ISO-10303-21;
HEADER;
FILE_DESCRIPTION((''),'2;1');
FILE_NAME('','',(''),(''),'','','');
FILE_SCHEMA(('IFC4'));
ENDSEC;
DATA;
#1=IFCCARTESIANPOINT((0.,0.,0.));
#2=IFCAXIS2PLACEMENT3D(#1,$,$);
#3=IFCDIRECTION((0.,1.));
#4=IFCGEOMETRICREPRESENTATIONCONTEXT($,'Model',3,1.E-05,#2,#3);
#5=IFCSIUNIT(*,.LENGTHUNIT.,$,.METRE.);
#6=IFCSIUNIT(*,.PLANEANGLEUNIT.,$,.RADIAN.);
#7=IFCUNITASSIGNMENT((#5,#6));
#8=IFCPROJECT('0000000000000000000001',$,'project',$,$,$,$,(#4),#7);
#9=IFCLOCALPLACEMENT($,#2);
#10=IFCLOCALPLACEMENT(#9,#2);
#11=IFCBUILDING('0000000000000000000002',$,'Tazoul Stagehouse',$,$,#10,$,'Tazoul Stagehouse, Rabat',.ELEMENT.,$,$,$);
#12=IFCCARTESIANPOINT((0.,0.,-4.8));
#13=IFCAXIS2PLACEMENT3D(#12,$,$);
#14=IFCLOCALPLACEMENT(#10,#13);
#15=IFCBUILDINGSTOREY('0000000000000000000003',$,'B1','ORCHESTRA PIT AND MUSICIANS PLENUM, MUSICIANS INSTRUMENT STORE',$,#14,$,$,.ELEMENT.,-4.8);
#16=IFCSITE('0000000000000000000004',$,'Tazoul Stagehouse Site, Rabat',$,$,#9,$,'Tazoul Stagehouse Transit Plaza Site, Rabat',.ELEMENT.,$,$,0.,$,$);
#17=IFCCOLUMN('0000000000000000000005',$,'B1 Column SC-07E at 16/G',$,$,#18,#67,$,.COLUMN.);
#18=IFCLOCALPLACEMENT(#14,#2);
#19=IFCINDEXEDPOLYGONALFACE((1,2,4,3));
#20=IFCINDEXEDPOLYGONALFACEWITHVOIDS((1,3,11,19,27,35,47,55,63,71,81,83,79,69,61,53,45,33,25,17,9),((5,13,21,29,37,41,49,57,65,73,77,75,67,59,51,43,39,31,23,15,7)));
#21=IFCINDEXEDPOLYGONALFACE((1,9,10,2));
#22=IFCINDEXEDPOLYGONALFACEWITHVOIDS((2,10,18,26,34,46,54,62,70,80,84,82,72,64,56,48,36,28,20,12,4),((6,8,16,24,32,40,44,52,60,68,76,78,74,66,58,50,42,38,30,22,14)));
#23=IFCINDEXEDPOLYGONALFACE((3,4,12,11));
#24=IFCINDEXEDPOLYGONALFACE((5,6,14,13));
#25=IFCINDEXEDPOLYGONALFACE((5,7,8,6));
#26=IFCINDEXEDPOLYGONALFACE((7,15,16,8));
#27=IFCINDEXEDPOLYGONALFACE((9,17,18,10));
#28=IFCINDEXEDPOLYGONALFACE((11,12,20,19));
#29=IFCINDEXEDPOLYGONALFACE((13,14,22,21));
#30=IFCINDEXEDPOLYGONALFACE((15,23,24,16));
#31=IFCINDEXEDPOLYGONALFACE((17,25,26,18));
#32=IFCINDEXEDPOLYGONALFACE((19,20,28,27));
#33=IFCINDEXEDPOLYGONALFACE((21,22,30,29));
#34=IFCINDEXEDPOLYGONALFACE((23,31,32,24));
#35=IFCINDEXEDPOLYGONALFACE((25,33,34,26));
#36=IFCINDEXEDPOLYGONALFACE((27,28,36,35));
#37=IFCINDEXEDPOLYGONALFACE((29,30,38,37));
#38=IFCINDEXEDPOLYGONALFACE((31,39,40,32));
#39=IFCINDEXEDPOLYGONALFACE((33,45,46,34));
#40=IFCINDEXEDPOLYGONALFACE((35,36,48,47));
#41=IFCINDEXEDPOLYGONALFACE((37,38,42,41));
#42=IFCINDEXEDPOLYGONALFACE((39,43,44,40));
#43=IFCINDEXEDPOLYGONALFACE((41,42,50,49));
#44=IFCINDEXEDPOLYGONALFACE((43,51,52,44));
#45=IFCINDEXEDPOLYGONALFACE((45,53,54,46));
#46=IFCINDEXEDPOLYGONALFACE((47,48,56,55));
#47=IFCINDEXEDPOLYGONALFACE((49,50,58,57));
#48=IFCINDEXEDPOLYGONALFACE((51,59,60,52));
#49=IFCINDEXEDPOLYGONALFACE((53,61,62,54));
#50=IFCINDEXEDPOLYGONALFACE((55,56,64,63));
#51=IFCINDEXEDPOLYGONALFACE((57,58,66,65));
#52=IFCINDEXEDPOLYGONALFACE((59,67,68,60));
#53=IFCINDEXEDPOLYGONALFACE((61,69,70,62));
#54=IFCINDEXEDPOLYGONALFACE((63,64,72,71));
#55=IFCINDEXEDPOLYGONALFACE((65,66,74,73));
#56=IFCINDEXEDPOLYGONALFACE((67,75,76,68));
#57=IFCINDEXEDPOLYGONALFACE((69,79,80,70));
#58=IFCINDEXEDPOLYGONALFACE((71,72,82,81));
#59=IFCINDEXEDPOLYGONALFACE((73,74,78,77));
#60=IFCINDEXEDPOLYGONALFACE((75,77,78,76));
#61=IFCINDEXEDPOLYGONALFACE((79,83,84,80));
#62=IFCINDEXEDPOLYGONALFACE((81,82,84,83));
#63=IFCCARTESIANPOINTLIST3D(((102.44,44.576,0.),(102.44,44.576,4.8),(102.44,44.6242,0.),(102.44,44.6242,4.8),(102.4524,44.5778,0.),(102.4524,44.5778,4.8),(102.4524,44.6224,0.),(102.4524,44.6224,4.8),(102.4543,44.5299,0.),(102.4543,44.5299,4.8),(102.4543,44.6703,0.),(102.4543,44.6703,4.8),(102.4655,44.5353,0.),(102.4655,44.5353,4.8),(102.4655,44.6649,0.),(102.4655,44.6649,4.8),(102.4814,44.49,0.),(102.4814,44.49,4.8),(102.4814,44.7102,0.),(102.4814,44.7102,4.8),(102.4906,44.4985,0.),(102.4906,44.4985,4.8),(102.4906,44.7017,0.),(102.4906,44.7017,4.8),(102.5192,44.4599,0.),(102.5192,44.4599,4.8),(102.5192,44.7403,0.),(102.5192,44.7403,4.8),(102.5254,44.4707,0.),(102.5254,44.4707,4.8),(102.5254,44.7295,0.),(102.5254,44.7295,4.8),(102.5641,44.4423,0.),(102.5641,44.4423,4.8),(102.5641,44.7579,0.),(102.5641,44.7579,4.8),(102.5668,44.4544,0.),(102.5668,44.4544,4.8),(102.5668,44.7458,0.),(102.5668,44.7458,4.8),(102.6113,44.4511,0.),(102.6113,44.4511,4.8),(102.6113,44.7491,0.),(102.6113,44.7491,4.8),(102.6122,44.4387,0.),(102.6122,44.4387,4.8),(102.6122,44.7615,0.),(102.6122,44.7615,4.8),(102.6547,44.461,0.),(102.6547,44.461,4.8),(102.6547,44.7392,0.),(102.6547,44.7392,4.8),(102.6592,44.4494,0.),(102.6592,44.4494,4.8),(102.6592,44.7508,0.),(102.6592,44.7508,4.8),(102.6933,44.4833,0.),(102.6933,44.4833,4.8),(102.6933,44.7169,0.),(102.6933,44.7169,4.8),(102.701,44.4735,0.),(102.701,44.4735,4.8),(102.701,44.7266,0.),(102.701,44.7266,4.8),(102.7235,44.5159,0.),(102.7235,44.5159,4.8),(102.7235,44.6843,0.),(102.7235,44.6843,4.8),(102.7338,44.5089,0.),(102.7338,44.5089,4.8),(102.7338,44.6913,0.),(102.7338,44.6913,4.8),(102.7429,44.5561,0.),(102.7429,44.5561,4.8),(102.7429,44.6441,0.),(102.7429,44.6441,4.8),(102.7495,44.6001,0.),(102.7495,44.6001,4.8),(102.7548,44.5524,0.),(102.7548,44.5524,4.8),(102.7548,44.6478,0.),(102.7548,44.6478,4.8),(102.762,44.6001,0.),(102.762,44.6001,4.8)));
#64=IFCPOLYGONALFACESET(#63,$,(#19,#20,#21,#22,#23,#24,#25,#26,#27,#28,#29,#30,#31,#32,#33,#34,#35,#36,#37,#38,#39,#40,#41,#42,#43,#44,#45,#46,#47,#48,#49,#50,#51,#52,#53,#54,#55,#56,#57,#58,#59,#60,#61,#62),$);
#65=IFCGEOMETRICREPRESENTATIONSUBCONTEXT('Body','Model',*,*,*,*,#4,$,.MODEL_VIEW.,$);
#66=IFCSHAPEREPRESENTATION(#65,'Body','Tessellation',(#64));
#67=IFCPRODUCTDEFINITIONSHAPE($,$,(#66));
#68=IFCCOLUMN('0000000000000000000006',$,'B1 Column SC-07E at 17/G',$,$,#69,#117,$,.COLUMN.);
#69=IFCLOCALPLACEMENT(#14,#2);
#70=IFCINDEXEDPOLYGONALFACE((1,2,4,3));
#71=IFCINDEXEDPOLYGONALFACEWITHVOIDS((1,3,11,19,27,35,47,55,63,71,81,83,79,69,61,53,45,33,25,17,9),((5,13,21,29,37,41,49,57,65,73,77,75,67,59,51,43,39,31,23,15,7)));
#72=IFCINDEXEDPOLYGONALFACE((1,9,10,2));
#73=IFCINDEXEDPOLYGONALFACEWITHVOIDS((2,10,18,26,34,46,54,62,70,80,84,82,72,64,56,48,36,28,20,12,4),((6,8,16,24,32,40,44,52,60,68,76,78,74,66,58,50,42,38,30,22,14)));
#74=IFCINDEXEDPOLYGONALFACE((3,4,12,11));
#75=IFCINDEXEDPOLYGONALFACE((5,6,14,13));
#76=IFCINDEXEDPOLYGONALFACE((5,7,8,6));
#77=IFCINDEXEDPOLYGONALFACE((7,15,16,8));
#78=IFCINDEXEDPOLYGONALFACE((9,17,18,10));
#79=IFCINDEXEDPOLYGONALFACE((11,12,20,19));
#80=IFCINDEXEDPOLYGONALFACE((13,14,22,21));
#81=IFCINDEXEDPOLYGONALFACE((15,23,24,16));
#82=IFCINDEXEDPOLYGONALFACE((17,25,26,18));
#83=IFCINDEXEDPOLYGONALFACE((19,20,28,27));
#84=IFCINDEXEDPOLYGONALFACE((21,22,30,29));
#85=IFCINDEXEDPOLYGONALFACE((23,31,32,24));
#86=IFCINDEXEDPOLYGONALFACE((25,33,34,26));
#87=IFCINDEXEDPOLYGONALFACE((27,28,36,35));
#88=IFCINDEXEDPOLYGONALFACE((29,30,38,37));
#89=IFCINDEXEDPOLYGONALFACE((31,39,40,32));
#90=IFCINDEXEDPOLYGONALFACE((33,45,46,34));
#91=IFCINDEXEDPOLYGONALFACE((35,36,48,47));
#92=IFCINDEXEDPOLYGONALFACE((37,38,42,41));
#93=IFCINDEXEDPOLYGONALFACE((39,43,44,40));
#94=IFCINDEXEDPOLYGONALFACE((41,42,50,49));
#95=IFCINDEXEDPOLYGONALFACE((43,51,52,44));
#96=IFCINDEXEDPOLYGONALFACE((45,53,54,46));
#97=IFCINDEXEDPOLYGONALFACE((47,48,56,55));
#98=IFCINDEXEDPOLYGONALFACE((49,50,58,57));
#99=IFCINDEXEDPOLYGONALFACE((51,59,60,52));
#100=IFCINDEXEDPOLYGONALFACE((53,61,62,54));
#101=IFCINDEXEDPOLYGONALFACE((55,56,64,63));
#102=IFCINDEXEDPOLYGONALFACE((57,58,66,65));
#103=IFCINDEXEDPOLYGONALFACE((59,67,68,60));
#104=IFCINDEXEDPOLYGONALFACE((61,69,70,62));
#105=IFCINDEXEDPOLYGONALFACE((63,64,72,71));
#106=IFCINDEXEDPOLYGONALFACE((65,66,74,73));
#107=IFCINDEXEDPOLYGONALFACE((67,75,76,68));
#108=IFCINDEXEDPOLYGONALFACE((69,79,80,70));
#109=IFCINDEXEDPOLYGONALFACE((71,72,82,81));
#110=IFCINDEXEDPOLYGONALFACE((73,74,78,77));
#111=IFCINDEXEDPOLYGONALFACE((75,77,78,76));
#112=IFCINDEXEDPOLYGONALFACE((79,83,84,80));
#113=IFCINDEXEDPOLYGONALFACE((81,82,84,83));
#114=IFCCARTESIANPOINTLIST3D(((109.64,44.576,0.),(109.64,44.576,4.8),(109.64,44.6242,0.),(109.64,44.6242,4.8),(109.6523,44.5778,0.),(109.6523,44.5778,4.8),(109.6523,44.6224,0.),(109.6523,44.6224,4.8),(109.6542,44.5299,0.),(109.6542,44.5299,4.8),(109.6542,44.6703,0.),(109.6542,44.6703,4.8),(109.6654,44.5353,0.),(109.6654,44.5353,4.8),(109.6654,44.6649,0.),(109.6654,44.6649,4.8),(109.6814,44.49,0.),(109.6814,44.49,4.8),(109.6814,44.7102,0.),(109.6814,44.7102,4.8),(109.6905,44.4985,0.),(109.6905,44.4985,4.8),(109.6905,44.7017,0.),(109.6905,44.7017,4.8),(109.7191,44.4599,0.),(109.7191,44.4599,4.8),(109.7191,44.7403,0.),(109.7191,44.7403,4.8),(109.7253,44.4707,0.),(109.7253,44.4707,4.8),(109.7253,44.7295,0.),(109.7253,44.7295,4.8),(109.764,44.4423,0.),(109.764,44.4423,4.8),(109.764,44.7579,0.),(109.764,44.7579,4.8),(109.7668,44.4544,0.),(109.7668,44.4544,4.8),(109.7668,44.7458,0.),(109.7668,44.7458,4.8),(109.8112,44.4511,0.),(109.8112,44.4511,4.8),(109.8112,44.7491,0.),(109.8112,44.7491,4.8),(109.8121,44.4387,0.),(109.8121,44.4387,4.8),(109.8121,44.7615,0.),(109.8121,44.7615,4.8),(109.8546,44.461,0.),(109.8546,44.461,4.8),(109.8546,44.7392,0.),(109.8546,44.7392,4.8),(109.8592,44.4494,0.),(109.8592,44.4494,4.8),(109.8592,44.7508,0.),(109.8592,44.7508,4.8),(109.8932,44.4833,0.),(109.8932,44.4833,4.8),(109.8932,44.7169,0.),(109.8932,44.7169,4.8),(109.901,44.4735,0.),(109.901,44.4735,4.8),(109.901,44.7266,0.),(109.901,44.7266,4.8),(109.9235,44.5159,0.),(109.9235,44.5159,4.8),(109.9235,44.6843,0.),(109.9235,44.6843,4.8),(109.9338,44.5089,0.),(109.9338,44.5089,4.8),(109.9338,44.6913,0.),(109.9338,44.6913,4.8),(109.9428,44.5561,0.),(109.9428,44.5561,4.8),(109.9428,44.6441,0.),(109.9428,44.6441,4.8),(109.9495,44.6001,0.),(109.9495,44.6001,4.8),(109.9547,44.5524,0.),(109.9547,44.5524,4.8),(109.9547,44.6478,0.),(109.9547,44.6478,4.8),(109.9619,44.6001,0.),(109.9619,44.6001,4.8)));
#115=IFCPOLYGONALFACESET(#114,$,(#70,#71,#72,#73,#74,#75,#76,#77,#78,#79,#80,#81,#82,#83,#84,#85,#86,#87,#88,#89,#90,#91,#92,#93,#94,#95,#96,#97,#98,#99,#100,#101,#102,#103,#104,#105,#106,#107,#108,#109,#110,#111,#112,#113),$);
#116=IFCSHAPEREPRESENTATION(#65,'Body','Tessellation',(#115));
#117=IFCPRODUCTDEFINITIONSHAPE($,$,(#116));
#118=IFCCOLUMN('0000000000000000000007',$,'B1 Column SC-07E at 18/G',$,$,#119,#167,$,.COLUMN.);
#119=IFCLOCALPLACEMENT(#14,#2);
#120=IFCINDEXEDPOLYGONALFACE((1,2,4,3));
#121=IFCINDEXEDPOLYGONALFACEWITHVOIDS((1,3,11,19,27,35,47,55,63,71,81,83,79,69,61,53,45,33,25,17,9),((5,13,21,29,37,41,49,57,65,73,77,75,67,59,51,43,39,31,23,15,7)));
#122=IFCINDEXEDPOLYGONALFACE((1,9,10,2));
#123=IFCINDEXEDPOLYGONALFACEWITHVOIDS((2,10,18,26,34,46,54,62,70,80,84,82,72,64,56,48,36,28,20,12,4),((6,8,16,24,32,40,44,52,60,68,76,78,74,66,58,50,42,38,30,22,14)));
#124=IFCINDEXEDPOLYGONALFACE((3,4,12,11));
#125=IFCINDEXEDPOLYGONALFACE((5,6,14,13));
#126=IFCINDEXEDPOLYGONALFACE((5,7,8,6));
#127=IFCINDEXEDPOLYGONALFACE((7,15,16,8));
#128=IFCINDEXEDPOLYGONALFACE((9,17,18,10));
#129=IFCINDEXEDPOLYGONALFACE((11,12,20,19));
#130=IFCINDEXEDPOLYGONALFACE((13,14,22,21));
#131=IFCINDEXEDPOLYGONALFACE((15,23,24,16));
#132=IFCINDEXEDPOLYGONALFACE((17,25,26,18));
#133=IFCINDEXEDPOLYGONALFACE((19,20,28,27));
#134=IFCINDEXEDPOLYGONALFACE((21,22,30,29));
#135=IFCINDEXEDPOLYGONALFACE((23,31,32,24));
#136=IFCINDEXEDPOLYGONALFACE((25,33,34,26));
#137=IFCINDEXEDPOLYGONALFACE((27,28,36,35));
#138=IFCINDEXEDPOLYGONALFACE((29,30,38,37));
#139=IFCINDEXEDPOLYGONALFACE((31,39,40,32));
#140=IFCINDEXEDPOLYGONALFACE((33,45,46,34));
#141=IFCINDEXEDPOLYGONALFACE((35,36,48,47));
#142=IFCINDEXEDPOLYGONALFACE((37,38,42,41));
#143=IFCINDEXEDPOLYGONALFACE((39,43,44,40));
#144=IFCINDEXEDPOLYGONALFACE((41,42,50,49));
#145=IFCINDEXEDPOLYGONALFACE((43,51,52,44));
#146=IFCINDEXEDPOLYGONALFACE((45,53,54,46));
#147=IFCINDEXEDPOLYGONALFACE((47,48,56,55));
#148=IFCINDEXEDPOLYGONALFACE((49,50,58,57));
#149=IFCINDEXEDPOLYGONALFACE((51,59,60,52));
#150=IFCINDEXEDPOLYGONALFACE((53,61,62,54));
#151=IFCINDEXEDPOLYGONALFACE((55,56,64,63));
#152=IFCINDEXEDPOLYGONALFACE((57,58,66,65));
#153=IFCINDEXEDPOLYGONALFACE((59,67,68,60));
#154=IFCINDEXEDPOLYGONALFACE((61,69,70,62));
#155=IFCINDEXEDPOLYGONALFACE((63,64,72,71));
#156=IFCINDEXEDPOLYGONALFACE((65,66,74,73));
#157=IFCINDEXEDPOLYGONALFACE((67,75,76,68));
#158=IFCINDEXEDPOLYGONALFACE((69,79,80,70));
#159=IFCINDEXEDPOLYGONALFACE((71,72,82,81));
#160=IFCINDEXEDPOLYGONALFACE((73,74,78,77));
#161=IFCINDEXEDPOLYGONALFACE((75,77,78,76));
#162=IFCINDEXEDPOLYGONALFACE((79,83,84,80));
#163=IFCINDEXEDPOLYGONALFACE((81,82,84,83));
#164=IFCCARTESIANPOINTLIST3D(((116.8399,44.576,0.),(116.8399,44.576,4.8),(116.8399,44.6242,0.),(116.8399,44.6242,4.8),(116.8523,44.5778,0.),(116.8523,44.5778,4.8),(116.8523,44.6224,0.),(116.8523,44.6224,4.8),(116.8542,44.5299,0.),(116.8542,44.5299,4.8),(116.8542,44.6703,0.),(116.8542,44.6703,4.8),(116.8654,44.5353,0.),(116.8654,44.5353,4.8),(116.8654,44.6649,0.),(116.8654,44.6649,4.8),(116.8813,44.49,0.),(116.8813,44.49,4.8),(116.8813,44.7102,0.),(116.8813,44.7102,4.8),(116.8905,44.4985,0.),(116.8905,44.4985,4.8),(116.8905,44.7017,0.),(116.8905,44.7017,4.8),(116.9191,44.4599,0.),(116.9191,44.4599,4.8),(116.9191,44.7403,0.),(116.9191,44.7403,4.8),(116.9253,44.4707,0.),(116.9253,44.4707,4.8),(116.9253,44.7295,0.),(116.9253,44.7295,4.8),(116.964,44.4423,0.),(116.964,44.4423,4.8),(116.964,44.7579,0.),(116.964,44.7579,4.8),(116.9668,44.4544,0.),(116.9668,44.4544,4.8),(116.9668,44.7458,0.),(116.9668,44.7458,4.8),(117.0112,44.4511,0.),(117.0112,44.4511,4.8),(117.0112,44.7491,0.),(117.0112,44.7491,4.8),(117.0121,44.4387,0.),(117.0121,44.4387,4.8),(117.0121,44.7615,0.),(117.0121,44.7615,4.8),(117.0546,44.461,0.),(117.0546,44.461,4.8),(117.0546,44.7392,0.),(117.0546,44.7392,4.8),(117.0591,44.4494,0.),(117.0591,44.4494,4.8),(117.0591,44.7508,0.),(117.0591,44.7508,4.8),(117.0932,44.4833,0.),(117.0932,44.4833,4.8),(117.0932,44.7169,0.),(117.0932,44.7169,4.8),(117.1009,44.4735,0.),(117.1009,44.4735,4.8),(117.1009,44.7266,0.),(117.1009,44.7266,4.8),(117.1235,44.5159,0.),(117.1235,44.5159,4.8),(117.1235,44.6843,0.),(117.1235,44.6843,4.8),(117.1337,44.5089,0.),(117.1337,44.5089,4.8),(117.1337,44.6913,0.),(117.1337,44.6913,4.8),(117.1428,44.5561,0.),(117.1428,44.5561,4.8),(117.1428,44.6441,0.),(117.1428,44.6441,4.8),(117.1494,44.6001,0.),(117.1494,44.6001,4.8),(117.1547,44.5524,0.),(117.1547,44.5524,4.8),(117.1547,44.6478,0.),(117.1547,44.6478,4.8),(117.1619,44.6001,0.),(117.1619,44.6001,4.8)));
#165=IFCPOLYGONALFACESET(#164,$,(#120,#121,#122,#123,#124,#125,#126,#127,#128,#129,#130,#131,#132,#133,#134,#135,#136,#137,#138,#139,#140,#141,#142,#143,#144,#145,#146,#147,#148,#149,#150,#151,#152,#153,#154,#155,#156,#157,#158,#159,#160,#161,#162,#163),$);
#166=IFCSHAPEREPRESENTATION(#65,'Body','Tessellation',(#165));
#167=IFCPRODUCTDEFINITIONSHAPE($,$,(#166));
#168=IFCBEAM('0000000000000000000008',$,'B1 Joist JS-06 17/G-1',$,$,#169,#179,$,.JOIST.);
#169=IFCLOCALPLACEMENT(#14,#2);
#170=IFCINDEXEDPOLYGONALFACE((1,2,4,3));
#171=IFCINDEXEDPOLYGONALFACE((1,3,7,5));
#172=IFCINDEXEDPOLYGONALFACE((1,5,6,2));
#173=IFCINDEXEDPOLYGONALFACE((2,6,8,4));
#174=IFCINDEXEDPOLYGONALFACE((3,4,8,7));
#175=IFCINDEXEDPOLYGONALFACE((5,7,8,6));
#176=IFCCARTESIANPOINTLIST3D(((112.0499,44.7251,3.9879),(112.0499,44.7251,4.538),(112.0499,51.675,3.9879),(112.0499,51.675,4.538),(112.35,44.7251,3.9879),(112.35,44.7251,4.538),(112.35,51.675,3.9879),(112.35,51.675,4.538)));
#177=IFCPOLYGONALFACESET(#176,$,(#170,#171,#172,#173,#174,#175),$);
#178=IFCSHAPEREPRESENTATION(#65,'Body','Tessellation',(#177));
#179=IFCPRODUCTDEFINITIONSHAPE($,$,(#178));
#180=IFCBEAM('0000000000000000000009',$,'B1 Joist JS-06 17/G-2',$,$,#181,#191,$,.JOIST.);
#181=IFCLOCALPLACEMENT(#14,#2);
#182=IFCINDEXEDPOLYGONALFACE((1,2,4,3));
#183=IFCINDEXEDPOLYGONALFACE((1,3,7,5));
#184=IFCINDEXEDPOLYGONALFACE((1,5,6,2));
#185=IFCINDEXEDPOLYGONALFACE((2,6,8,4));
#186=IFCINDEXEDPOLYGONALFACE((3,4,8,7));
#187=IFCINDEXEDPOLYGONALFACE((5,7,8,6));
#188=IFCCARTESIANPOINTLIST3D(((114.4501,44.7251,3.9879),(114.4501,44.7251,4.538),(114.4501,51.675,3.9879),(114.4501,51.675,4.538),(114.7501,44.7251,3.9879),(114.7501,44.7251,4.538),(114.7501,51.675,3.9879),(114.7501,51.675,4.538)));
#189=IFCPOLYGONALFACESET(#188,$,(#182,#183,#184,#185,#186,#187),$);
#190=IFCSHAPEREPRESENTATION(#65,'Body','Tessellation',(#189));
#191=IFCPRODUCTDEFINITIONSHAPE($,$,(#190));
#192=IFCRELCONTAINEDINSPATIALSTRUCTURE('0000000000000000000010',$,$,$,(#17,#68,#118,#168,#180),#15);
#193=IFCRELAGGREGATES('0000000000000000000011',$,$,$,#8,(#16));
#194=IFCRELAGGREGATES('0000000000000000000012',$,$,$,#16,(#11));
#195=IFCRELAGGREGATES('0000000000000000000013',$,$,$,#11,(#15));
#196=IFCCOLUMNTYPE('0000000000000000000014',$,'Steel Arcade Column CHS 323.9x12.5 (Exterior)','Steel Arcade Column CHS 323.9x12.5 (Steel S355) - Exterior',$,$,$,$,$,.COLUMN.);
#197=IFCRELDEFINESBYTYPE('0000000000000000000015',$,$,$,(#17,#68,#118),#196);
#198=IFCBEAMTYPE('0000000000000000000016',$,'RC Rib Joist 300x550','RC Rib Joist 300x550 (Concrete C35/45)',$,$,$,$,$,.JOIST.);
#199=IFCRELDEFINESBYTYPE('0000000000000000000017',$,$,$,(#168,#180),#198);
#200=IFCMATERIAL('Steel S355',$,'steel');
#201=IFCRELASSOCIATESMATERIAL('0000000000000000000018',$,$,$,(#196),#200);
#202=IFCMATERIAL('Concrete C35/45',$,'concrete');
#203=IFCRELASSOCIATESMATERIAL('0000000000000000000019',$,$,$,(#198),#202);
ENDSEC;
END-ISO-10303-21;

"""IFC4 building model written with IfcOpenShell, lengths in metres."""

from ifc_helpers import new_model, si_unit, direction, frame, origin, origin_2d, place, context, subcontext, project, spatial, rectangle, hollow_circle, extrude, material, material_profile, profile_set, type_object, element, save


model = new_model("IFC4")

# Units and contexts
model_context = context("Model", 3, precision=1e-05, world=origin(), true_north=direction((0.0, 1.0)))
body_context = subcontext(model_context, "Body", "Model", "MODEL_VIEW")
ifc_project = project(units=[si_unit("LENGTHUNIT", "METRE"), si_unit("PLANEANGLEUNIT", "RADIAN")], contexts=[model_context])

# Site, building, storey
site_placement = place(None, origin())
site = spatial("IfcSite", under=ifc_project, at=site_placement, Name="Tazoul Stagehouse Site, Rabat", LongName="Tazoul Stagehouse Transit Plaza Site, Rabat", CompositionType="ELEMENT", RefElevation=0.0)
building_placement = place(site_placement, origin())
building = spatial("IfcBuilding", under=site, at=building_placement, Name="Tazoul Stagehouse", LongName="Tazoul Stagehouse, Rabat", CompositionType="ELEMENT")
storey_placement = place(building_placement, frame((0.0, 0.0, -4.8)))
storey = spatial("IfcBuildingStorey", under=building, at=storey_placement, Name="B1", Description="ORCHESTRA PIT AND MUSICIANS PLENUM, MUSICIANS INSTRUMENT STORE", CompositionType="ELEMENT", Elevation=-4.8)

# Shared definitions
ifc_material_1 = material(Name="Concrete C35/45", Category="concrete")

# Columns
ifc_material_2 = material(Name="Steel S355", Category="steel")
ifc_material_profile_1 = material_profile(ifc_material_2, hollow_circle(Radius=0.1619, WallThickness=0.0125, at=origin_2d()), Name="CHS 323.9x12.5")
ifc_profile_set_1 = profile_set([ifc_material_profile_1], Name="Steel S355")
column_type_1 = type_object("IfcColumnType", Name="Steel Arcade Column CHS 323.9x12.5 (Exterior)", Description="Steel Arcade Column CHS 323.9x12.5 (Steel S355) - Exterior", PredefinedType="COLUMN", material=ifc_profile_set_1)
for number, where, z_axis, x_axis, name in (
    (1, (102.6001, 44.6001, 0.0), (0.0, 0.0, 1.0), (1.0, 0.0, 0.0), "B1 Column SC-07E at 16/G"),
    (2, (109.8, 44.6001, 0.0), (0.0, 0.0, 1.0), (1.0, 0.0, 0.0), "B1 Column SC-07E at 17/G"),
    (3, (117.0, 44.6001, 0.0), (0.0, 0.0, 1.0), (1.0, 0.0, 0.0), "B1 Column SC-07E at 18/G"),
):
    element("IfcColumn", number, at=place(storey_placement, frame(where, z_axis=z_axis, x_axis=x_axis)), inside=storey, type_object=column_type_1, Name=name, PredefinedType="COLUMN", context=body_context, shape_type="SweptSolid", body=[
        extrude(hollow_circle(Radius=0.1619, WallThickness=0.0125, at=origin_2d()), origin(), (0.0, 0.0, 1.0), 4.8),
    ])

# Beams
ifc_material_profile_2 = material_profile(ifc_material_1, rectangle(XDim=0.3, YDim=0.55, at=origin_2d()), Name="RC 300x550")
ifc_profile_set_2 = profile_set([ifc_material_profile_2], Name="Concrete C35/45")
beam_type_1 = type_object("IfcBeamType", Name="RC Rib Joist 300x550", Description="RC Rib Joist 300x550 (Concrete C35/45)", PredefinedType="JOIST", material=ifc_profile_set_2)
for number, where, z_axis, x_axis, name in (
    (4, (112.2, 44.7251, 4.2629), (0.0, 1.0, 0.0), (-1.0, 0.0, 0.0), "B1 Joist JS-06 17/G-1"),
    (5, (114.6001, 44.7251, 4.2629), (0.0, 1.0, 0.0), (-1.0, 0.0, 0.0), "B1 Joist JS-06 17/G-2"),
):
    element("IfcBeam", number, at=place(storey_placement, frame(where, z_axis=z_axis, x_axis=x_axis)), inside=storey, type_object=beam_type_1, Name=name, PredefinedType="JOIST", context=body_context, shape_type="SweptSolid", body=[
        extrude(rectangle(XDim=0.3, YDim=0.55, at=origin_2d()), origin(), (0.0, 0.0, 1.0), 6.95),
    ])

save(model, "model.ifc")
